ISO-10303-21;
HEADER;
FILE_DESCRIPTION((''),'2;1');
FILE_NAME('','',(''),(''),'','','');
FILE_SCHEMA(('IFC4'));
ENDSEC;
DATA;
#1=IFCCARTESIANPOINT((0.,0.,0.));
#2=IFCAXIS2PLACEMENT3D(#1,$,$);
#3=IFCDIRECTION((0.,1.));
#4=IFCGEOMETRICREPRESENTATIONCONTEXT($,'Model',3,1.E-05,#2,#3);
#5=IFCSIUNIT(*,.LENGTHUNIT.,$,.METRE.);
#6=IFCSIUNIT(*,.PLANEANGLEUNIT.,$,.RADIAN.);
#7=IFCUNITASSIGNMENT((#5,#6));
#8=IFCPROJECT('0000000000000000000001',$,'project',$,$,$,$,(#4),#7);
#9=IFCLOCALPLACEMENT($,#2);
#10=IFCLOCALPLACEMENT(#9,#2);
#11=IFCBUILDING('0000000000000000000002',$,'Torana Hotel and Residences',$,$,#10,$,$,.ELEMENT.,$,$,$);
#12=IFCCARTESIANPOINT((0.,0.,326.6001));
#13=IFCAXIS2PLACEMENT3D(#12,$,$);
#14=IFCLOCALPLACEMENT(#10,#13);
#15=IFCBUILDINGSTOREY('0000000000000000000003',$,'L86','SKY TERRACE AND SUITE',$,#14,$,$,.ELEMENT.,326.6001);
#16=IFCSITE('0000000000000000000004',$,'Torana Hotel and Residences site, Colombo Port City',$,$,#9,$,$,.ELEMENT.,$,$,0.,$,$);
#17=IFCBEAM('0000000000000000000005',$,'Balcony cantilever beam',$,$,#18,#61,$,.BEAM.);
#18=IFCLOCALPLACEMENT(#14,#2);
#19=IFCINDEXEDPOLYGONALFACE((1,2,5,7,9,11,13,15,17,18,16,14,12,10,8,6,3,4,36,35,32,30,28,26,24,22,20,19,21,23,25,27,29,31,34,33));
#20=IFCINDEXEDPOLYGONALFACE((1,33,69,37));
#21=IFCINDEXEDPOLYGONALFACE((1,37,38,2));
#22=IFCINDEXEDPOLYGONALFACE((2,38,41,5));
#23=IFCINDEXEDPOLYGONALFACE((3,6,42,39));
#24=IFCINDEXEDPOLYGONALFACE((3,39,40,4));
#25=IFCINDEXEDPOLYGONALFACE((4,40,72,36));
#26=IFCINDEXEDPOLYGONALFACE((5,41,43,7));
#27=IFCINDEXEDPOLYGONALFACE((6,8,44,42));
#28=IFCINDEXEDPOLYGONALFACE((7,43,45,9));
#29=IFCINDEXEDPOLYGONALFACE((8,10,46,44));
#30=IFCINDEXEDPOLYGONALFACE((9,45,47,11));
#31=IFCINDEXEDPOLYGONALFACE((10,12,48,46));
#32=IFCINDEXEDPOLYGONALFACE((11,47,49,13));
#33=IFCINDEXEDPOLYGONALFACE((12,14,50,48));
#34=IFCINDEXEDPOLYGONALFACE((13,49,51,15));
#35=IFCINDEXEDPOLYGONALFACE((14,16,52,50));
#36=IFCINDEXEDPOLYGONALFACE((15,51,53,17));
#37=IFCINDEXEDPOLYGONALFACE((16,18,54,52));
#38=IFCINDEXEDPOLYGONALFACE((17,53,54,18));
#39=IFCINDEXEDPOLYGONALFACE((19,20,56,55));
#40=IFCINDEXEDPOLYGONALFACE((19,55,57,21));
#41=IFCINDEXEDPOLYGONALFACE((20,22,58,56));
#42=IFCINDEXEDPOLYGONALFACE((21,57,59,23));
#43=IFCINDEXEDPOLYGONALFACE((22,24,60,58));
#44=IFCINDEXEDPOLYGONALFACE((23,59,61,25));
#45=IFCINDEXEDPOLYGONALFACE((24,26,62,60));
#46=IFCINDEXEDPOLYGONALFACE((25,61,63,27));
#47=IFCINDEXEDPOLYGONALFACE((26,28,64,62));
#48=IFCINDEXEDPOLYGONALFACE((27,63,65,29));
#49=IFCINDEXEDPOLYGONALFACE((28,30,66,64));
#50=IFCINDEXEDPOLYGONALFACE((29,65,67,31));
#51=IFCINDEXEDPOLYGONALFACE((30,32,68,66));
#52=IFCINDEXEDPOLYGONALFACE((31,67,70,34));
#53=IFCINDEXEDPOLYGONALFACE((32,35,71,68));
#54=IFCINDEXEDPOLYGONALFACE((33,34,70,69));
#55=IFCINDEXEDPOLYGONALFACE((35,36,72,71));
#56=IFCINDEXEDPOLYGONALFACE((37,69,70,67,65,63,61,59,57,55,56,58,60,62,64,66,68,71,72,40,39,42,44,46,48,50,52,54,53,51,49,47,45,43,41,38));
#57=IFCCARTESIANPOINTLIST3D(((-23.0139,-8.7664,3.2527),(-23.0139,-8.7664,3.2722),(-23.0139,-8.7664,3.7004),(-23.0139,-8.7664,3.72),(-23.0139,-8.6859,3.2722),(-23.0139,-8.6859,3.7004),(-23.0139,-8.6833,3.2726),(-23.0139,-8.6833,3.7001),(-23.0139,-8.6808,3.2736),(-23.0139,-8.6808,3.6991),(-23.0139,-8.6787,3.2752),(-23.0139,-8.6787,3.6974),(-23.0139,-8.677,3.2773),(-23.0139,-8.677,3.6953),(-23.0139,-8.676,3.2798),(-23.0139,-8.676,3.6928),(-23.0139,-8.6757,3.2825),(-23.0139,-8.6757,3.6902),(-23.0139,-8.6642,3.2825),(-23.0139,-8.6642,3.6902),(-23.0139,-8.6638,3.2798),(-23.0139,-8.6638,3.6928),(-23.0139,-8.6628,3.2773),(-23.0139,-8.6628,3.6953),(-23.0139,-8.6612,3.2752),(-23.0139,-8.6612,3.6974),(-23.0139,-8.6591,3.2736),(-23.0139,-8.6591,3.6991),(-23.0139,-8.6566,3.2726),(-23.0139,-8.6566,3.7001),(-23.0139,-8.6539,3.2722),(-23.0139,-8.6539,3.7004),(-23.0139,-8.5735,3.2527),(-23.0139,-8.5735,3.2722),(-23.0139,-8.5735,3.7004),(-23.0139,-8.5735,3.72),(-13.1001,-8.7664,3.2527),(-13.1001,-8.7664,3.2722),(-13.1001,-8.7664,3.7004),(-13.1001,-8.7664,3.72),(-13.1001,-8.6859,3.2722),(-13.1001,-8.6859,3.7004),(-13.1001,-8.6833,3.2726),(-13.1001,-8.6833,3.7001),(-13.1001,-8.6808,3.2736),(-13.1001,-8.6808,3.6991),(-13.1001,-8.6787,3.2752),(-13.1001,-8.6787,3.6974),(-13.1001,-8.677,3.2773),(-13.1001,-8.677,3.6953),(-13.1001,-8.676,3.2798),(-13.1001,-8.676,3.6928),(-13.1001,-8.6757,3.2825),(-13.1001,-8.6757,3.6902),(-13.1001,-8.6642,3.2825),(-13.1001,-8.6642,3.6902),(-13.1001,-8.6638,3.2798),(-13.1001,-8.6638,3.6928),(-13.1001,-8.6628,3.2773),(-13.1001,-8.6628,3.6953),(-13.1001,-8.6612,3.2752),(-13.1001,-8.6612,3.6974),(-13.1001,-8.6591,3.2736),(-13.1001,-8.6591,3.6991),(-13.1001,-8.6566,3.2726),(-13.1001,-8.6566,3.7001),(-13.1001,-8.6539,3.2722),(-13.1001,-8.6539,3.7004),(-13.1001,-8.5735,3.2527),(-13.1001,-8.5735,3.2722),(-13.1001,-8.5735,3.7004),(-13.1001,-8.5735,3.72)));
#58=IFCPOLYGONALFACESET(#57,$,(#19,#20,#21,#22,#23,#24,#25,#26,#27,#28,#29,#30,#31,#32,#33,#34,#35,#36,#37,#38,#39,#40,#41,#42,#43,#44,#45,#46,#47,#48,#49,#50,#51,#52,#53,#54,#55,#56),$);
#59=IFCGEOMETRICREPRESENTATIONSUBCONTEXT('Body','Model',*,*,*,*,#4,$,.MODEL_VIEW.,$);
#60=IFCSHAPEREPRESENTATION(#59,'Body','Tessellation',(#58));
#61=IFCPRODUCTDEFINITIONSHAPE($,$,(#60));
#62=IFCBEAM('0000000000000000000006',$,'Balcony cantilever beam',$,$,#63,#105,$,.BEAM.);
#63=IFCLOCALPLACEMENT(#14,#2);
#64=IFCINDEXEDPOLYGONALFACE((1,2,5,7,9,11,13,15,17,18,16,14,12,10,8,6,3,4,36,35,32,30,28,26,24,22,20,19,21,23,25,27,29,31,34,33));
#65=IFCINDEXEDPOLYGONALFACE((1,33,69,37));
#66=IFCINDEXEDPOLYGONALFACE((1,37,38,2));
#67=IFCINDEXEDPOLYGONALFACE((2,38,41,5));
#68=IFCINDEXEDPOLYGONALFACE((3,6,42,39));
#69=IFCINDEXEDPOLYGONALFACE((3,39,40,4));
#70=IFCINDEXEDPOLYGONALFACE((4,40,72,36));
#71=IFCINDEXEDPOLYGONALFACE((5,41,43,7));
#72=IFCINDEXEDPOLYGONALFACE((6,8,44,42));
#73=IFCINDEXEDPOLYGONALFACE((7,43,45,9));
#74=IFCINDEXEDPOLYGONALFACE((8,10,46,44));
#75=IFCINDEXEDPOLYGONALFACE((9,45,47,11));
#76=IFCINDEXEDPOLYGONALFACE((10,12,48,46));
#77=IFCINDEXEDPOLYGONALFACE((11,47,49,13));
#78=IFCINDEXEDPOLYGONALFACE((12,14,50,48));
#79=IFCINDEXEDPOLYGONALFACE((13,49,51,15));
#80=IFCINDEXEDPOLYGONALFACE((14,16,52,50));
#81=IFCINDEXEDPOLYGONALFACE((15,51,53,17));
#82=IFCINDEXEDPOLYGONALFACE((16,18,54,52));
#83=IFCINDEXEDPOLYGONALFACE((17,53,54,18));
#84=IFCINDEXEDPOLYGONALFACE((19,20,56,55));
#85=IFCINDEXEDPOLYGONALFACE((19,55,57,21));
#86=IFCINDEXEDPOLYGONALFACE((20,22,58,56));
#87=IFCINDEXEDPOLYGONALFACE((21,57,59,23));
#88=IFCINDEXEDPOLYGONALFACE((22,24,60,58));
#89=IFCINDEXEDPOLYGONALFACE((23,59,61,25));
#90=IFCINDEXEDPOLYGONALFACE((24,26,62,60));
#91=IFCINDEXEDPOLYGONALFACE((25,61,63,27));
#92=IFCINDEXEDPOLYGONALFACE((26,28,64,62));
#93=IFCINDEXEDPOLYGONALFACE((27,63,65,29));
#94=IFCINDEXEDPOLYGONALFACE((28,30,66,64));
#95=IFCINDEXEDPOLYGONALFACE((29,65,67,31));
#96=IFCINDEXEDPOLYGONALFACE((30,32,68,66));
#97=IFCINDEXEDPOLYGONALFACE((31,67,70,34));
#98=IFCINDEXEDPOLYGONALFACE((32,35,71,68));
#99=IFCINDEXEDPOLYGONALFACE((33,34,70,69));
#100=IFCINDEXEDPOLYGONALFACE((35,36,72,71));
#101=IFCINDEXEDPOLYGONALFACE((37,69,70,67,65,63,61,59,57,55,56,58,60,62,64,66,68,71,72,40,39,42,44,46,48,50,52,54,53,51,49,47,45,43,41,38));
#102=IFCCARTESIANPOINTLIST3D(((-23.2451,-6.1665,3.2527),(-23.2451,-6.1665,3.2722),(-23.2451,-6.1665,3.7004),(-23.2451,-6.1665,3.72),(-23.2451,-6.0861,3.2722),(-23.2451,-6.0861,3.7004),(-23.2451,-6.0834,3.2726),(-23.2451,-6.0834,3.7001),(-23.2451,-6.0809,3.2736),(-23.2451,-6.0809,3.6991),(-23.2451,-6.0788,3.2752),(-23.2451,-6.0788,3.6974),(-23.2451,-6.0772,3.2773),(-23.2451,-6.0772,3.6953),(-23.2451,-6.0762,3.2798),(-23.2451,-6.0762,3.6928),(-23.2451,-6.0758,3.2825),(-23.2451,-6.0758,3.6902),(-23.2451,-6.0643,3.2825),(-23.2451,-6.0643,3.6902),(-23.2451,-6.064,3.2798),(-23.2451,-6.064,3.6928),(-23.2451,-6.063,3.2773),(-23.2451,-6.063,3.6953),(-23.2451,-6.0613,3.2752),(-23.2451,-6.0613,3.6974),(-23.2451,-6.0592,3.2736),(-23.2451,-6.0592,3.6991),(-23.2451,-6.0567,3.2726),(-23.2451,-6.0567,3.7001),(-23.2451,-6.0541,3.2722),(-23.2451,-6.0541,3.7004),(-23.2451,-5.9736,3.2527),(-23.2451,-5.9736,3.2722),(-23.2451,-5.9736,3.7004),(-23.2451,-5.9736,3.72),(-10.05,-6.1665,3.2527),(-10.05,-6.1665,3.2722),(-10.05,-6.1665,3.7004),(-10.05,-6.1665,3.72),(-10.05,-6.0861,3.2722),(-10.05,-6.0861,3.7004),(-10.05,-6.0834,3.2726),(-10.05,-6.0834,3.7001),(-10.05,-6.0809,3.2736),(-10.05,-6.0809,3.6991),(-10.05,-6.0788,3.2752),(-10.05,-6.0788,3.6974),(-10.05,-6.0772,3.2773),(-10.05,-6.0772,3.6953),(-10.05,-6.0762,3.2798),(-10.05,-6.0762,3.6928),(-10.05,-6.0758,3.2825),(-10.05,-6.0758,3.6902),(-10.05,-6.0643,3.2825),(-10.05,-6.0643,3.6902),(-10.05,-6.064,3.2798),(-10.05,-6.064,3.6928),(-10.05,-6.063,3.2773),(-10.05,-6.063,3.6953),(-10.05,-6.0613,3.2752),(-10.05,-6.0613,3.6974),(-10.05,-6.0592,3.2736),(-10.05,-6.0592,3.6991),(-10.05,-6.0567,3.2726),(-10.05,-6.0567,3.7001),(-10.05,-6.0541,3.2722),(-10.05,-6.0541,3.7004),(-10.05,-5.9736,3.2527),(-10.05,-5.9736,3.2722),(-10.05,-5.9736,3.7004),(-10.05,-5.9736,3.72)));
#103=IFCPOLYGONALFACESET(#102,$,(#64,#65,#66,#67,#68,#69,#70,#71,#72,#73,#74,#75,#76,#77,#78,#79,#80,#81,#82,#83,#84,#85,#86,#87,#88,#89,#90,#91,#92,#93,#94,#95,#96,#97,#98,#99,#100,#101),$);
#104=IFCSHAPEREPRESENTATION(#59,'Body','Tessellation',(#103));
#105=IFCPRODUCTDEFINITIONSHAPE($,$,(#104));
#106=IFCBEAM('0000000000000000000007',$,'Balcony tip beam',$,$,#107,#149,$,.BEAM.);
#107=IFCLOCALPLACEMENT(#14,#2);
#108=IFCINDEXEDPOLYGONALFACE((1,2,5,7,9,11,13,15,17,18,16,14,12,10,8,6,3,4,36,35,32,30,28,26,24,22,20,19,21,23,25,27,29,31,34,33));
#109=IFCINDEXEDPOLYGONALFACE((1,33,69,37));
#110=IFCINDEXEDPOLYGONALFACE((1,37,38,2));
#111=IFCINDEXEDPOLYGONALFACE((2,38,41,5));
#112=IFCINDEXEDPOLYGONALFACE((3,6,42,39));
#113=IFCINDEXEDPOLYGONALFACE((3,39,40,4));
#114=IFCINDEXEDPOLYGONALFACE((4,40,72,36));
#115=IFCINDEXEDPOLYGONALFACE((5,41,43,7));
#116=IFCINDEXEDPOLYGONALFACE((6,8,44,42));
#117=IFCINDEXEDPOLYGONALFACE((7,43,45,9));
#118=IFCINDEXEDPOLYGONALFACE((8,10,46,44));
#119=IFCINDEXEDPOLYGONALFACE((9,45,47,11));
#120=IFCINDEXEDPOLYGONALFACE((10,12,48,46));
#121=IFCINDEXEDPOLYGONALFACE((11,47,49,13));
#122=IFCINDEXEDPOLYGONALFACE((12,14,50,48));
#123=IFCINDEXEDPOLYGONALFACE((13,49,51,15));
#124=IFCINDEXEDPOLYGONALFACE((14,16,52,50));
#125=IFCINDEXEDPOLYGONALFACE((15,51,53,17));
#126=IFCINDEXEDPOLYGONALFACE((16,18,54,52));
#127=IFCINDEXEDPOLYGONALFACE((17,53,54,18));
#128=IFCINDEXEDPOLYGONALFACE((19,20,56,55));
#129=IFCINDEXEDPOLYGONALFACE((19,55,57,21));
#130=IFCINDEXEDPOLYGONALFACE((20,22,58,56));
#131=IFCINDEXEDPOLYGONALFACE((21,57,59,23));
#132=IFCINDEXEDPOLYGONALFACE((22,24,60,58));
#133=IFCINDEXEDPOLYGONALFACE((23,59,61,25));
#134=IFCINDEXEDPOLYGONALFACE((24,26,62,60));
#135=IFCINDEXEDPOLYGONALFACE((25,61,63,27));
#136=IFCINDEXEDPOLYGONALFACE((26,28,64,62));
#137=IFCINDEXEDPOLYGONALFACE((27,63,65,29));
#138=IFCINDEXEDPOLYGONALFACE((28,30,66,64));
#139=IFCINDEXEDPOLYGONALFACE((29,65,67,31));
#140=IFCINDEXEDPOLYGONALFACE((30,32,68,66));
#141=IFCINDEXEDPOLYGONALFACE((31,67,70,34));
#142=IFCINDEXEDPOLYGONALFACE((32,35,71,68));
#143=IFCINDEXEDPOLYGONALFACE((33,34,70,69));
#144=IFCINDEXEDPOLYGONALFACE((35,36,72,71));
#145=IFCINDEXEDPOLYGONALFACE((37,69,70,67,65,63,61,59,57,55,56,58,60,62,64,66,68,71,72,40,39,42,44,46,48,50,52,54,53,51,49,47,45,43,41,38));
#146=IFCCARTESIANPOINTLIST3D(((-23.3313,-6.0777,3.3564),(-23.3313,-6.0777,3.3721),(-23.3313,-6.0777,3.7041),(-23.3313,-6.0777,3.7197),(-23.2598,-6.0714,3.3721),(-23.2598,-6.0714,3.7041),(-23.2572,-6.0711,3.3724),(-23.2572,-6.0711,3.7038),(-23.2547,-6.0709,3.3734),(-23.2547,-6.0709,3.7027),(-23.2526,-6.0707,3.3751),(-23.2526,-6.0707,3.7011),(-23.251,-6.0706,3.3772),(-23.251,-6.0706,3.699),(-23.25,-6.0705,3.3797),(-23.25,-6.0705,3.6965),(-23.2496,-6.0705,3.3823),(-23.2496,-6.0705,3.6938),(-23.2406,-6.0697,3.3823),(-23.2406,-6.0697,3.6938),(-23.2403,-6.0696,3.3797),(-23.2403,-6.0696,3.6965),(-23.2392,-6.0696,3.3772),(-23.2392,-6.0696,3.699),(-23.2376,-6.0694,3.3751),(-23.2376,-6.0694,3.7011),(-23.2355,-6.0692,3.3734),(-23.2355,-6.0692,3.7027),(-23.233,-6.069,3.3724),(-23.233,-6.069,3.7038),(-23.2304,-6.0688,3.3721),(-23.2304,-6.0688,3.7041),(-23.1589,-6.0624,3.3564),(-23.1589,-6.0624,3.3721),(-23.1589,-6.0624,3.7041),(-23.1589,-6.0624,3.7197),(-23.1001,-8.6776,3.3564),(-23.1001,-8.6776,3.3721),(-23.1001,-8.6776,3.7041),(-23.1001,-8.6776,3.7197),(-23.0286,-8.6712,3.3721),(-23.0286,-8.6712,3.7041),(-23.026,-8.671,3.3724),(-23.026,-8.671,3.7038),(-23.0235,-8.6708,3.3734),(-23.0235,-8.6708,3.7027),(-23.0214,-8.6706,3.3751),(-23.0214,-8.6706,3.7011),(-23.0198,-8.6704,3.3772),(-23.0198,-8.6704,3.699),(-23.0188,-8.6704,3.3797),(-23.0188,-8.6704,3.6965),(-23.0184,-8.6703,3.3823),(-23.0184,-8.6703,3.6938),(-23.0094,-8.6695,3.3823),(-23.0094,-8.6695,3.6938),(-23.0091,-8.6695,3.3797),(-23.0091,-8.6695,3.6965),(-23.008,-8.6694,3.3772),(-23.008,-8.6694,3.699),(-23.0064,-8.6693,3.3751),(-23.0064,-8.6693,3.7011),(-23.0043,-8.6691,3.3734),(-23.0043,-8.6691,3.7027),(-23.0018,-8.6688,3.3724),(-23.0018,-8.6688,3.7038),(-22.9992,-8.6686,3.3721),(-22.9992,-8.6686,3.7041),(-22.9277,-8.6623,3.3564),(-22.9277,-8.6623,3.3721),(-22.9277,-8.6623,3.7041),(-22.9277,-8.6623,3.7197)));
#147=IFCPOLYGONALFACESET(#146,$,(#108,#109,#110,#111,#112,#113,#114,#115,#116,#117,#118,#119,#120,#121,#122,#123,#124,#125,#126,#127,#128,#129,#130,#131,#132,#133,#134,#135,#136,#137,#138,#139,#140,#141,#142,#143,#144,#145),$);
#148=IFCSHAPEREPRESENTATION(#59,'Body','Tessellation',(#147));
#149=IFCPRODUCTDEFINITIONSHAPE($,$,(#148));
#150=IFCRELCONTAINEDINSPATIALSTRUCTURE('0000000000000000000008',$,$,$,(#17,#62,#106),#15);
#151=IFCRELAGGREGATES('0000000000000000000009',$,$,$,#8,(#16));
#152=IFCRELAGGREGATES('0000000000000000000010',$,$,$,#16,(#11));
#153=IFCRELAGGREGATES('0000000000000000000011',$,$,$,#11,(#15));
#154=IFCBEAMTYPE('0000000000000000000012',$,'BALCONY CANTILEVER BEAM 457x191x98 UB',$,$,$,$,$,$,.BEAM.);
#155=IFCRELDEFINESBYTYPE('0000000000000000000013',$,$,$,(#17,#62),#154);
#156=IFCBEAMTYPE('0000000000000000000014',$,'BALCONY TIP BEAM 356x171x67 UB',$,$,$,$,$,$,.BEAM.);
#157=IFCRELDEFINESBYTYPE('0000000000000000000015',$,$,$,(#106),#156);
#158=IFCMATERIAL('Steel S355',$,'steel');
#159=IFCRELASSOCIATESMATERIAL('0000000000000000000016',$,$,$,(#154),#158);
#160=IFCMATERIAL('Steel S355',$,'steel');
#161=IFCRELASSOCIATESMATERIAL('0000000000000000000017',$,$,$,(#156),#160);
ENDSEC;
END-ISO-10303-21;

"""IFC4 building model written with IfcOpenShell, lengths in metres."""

from ifc_helpers import new_model, si_unit, direction, frame, origin, origin_2d, place, context, subcontext, project, spatial, i_section, extrude, material, material_profile, profile_set, type_object, element, save


model = new_model("IFC4")

# Units and contexts
model_context = context("Model", 3, precision=1e-05, world=origin(), true_north=direction((0.0, 1.0)))
body_context = subcontext(model_context, "Body", "Model", "MODEL_VIEW")
ifc_project = project(units=[si_unit("LENGTHUNIT", "METRE"), si_unit("PLANEANGLEUNIT", "RADIAN")], contexts=[model_context])

# Site, building, storey
site_placement = place(None, origin())
site = spatial("IfcSite", under=ifc_project, at=site_placement, Name="Torana Hotel and Residences site, Colombo Port City", CompositionType="ELEMENT", RefElevation=0.0)
building_placement = place(site_placement, origin())
building = spatial("IfcBuilding", under=site, at=building_placement, Name="Torana Hotel and Residences", CompositionType="ELEMENT")
storey_placement = place(building_placement, frame((0.0, 0.0, 326.6001)))
storey = spatial("IfcBuildingStorey", under=building, at=storey_placement, Name="L86", Description="SKY TERRACE AND SUITE", CompositionType="ELEMENT", Elevation=326.6001)

# Beams
ifc_material_1 = material(Name="Steel S355", Category="steel")
ifc_material_profile_1 = material_profile(ifc_material_1, i_section(OverallWidth=0.1929, OverallDepth=0.4673, WebThickness=0.0115, FlangeThickness=0.0195, FilletRadius=0.0103, at=origin_2d()), Name="457x191x98 UB")
ifc_profile_set_1 = profile_set([ifc_material_profile_1], Name="Steel S355")
beam_type_1 = type_object("IfcBeamType", Name="BALCONY CANTILEVER BEAM 457x191x98 UB", PredefinedType="BEAM", material=ifc_profile_set_1)
beam_1_placement = place(storey_placement, frame((-23.0139, -8.6699, 3.4863), z_axis=(1.0, 0.0, 0.0), x_axis=(0.0, 1.0, 0.0)))
element("IfcBeam", 1, at=beam_1_placement, inside=storey, type_object=beam_type_1, Name="Balcony cantilever beam", PredefinedType="BEAM", context=body_context, shape_type="SweptSolid", body=[
    extrude(i_section(OverallWidth=0.1929, OverallDepth=0.4673, WebThickness=0.0115, FlangeThickness=0.0195, FilletRadius=0.0103, at=origin_2d()), origin(), (0.0, 0.0, 1.0), 9.9138),
])
beam_2_placement = place(storey_placement, frame((-23.2451, -6.0701, 3.4863), z_axis=(1.0, 0.0, 0.0), x_axis=(0.0, 1.0, 0.0)))
element("IfcBeam", 2, at=beam_2_placement, inside=storey, type_object=beam_type_1, Name="Balcony cantilever beam", PredefinedType="BEAM", context=body_context, shape_type="SweptSolid", body=[
    extrude(i_section(OverallWidth=0.1929, OverallDepth=0.4673, WebThickness=0.0115, FlangeThickness=0.0195, FilletRadius=0.0103, at=origin_2d()), origin(), (0.0, 0.0, 1.0), 13.1951),
])
ifc_material_2 = material(Name="Steel S355", Category="steel")
ifc_material_profile_2 = material_profile(ifc_material_2, i_section(OverallWidth=0.1731, OverallDepth=0.3633, WebThickness=0.009, FlangeThickness=0.0156, FilletRadius=0.0103, at=origin_2d()), Name="356x171x67 UB")
ifc_profile_set_2 = profile_set([ifc_material_profile_2], Name="Steel S355")
beam_type_2 = type_object("IfcBeamType", Name="BALCONY TIP BEAM 356x171x67 UB", PredefinedType="BEAM", material=ifc_profile_set_2)
beam_3_placement = place(storey_placement, frame((-23.0139, -8.6699, 3.5381), z_axis=(-0.088579, 0.996069, 0.0), x_axis=(-0.996069, -0.088579, 0.0)))
element("IfcBeam", 3, at=beam_3_placement, inside=storey, type_object=beam_type_2, Name="Balcony tip beam", PredefinedType="BEAM", context=body_context, shape_type="SweptSolid", body=[
    extrude(i_section(OverallWidth=0.1731, OverallDepth=0.3633, WebThickness=0.009, FlangeThickness=0.0156, FilletRadius=0.0103, at=origin_2d()), origin(), (0.0, 0.0, 1.0), 2.6101),
])

save(model, "model.ifc")
